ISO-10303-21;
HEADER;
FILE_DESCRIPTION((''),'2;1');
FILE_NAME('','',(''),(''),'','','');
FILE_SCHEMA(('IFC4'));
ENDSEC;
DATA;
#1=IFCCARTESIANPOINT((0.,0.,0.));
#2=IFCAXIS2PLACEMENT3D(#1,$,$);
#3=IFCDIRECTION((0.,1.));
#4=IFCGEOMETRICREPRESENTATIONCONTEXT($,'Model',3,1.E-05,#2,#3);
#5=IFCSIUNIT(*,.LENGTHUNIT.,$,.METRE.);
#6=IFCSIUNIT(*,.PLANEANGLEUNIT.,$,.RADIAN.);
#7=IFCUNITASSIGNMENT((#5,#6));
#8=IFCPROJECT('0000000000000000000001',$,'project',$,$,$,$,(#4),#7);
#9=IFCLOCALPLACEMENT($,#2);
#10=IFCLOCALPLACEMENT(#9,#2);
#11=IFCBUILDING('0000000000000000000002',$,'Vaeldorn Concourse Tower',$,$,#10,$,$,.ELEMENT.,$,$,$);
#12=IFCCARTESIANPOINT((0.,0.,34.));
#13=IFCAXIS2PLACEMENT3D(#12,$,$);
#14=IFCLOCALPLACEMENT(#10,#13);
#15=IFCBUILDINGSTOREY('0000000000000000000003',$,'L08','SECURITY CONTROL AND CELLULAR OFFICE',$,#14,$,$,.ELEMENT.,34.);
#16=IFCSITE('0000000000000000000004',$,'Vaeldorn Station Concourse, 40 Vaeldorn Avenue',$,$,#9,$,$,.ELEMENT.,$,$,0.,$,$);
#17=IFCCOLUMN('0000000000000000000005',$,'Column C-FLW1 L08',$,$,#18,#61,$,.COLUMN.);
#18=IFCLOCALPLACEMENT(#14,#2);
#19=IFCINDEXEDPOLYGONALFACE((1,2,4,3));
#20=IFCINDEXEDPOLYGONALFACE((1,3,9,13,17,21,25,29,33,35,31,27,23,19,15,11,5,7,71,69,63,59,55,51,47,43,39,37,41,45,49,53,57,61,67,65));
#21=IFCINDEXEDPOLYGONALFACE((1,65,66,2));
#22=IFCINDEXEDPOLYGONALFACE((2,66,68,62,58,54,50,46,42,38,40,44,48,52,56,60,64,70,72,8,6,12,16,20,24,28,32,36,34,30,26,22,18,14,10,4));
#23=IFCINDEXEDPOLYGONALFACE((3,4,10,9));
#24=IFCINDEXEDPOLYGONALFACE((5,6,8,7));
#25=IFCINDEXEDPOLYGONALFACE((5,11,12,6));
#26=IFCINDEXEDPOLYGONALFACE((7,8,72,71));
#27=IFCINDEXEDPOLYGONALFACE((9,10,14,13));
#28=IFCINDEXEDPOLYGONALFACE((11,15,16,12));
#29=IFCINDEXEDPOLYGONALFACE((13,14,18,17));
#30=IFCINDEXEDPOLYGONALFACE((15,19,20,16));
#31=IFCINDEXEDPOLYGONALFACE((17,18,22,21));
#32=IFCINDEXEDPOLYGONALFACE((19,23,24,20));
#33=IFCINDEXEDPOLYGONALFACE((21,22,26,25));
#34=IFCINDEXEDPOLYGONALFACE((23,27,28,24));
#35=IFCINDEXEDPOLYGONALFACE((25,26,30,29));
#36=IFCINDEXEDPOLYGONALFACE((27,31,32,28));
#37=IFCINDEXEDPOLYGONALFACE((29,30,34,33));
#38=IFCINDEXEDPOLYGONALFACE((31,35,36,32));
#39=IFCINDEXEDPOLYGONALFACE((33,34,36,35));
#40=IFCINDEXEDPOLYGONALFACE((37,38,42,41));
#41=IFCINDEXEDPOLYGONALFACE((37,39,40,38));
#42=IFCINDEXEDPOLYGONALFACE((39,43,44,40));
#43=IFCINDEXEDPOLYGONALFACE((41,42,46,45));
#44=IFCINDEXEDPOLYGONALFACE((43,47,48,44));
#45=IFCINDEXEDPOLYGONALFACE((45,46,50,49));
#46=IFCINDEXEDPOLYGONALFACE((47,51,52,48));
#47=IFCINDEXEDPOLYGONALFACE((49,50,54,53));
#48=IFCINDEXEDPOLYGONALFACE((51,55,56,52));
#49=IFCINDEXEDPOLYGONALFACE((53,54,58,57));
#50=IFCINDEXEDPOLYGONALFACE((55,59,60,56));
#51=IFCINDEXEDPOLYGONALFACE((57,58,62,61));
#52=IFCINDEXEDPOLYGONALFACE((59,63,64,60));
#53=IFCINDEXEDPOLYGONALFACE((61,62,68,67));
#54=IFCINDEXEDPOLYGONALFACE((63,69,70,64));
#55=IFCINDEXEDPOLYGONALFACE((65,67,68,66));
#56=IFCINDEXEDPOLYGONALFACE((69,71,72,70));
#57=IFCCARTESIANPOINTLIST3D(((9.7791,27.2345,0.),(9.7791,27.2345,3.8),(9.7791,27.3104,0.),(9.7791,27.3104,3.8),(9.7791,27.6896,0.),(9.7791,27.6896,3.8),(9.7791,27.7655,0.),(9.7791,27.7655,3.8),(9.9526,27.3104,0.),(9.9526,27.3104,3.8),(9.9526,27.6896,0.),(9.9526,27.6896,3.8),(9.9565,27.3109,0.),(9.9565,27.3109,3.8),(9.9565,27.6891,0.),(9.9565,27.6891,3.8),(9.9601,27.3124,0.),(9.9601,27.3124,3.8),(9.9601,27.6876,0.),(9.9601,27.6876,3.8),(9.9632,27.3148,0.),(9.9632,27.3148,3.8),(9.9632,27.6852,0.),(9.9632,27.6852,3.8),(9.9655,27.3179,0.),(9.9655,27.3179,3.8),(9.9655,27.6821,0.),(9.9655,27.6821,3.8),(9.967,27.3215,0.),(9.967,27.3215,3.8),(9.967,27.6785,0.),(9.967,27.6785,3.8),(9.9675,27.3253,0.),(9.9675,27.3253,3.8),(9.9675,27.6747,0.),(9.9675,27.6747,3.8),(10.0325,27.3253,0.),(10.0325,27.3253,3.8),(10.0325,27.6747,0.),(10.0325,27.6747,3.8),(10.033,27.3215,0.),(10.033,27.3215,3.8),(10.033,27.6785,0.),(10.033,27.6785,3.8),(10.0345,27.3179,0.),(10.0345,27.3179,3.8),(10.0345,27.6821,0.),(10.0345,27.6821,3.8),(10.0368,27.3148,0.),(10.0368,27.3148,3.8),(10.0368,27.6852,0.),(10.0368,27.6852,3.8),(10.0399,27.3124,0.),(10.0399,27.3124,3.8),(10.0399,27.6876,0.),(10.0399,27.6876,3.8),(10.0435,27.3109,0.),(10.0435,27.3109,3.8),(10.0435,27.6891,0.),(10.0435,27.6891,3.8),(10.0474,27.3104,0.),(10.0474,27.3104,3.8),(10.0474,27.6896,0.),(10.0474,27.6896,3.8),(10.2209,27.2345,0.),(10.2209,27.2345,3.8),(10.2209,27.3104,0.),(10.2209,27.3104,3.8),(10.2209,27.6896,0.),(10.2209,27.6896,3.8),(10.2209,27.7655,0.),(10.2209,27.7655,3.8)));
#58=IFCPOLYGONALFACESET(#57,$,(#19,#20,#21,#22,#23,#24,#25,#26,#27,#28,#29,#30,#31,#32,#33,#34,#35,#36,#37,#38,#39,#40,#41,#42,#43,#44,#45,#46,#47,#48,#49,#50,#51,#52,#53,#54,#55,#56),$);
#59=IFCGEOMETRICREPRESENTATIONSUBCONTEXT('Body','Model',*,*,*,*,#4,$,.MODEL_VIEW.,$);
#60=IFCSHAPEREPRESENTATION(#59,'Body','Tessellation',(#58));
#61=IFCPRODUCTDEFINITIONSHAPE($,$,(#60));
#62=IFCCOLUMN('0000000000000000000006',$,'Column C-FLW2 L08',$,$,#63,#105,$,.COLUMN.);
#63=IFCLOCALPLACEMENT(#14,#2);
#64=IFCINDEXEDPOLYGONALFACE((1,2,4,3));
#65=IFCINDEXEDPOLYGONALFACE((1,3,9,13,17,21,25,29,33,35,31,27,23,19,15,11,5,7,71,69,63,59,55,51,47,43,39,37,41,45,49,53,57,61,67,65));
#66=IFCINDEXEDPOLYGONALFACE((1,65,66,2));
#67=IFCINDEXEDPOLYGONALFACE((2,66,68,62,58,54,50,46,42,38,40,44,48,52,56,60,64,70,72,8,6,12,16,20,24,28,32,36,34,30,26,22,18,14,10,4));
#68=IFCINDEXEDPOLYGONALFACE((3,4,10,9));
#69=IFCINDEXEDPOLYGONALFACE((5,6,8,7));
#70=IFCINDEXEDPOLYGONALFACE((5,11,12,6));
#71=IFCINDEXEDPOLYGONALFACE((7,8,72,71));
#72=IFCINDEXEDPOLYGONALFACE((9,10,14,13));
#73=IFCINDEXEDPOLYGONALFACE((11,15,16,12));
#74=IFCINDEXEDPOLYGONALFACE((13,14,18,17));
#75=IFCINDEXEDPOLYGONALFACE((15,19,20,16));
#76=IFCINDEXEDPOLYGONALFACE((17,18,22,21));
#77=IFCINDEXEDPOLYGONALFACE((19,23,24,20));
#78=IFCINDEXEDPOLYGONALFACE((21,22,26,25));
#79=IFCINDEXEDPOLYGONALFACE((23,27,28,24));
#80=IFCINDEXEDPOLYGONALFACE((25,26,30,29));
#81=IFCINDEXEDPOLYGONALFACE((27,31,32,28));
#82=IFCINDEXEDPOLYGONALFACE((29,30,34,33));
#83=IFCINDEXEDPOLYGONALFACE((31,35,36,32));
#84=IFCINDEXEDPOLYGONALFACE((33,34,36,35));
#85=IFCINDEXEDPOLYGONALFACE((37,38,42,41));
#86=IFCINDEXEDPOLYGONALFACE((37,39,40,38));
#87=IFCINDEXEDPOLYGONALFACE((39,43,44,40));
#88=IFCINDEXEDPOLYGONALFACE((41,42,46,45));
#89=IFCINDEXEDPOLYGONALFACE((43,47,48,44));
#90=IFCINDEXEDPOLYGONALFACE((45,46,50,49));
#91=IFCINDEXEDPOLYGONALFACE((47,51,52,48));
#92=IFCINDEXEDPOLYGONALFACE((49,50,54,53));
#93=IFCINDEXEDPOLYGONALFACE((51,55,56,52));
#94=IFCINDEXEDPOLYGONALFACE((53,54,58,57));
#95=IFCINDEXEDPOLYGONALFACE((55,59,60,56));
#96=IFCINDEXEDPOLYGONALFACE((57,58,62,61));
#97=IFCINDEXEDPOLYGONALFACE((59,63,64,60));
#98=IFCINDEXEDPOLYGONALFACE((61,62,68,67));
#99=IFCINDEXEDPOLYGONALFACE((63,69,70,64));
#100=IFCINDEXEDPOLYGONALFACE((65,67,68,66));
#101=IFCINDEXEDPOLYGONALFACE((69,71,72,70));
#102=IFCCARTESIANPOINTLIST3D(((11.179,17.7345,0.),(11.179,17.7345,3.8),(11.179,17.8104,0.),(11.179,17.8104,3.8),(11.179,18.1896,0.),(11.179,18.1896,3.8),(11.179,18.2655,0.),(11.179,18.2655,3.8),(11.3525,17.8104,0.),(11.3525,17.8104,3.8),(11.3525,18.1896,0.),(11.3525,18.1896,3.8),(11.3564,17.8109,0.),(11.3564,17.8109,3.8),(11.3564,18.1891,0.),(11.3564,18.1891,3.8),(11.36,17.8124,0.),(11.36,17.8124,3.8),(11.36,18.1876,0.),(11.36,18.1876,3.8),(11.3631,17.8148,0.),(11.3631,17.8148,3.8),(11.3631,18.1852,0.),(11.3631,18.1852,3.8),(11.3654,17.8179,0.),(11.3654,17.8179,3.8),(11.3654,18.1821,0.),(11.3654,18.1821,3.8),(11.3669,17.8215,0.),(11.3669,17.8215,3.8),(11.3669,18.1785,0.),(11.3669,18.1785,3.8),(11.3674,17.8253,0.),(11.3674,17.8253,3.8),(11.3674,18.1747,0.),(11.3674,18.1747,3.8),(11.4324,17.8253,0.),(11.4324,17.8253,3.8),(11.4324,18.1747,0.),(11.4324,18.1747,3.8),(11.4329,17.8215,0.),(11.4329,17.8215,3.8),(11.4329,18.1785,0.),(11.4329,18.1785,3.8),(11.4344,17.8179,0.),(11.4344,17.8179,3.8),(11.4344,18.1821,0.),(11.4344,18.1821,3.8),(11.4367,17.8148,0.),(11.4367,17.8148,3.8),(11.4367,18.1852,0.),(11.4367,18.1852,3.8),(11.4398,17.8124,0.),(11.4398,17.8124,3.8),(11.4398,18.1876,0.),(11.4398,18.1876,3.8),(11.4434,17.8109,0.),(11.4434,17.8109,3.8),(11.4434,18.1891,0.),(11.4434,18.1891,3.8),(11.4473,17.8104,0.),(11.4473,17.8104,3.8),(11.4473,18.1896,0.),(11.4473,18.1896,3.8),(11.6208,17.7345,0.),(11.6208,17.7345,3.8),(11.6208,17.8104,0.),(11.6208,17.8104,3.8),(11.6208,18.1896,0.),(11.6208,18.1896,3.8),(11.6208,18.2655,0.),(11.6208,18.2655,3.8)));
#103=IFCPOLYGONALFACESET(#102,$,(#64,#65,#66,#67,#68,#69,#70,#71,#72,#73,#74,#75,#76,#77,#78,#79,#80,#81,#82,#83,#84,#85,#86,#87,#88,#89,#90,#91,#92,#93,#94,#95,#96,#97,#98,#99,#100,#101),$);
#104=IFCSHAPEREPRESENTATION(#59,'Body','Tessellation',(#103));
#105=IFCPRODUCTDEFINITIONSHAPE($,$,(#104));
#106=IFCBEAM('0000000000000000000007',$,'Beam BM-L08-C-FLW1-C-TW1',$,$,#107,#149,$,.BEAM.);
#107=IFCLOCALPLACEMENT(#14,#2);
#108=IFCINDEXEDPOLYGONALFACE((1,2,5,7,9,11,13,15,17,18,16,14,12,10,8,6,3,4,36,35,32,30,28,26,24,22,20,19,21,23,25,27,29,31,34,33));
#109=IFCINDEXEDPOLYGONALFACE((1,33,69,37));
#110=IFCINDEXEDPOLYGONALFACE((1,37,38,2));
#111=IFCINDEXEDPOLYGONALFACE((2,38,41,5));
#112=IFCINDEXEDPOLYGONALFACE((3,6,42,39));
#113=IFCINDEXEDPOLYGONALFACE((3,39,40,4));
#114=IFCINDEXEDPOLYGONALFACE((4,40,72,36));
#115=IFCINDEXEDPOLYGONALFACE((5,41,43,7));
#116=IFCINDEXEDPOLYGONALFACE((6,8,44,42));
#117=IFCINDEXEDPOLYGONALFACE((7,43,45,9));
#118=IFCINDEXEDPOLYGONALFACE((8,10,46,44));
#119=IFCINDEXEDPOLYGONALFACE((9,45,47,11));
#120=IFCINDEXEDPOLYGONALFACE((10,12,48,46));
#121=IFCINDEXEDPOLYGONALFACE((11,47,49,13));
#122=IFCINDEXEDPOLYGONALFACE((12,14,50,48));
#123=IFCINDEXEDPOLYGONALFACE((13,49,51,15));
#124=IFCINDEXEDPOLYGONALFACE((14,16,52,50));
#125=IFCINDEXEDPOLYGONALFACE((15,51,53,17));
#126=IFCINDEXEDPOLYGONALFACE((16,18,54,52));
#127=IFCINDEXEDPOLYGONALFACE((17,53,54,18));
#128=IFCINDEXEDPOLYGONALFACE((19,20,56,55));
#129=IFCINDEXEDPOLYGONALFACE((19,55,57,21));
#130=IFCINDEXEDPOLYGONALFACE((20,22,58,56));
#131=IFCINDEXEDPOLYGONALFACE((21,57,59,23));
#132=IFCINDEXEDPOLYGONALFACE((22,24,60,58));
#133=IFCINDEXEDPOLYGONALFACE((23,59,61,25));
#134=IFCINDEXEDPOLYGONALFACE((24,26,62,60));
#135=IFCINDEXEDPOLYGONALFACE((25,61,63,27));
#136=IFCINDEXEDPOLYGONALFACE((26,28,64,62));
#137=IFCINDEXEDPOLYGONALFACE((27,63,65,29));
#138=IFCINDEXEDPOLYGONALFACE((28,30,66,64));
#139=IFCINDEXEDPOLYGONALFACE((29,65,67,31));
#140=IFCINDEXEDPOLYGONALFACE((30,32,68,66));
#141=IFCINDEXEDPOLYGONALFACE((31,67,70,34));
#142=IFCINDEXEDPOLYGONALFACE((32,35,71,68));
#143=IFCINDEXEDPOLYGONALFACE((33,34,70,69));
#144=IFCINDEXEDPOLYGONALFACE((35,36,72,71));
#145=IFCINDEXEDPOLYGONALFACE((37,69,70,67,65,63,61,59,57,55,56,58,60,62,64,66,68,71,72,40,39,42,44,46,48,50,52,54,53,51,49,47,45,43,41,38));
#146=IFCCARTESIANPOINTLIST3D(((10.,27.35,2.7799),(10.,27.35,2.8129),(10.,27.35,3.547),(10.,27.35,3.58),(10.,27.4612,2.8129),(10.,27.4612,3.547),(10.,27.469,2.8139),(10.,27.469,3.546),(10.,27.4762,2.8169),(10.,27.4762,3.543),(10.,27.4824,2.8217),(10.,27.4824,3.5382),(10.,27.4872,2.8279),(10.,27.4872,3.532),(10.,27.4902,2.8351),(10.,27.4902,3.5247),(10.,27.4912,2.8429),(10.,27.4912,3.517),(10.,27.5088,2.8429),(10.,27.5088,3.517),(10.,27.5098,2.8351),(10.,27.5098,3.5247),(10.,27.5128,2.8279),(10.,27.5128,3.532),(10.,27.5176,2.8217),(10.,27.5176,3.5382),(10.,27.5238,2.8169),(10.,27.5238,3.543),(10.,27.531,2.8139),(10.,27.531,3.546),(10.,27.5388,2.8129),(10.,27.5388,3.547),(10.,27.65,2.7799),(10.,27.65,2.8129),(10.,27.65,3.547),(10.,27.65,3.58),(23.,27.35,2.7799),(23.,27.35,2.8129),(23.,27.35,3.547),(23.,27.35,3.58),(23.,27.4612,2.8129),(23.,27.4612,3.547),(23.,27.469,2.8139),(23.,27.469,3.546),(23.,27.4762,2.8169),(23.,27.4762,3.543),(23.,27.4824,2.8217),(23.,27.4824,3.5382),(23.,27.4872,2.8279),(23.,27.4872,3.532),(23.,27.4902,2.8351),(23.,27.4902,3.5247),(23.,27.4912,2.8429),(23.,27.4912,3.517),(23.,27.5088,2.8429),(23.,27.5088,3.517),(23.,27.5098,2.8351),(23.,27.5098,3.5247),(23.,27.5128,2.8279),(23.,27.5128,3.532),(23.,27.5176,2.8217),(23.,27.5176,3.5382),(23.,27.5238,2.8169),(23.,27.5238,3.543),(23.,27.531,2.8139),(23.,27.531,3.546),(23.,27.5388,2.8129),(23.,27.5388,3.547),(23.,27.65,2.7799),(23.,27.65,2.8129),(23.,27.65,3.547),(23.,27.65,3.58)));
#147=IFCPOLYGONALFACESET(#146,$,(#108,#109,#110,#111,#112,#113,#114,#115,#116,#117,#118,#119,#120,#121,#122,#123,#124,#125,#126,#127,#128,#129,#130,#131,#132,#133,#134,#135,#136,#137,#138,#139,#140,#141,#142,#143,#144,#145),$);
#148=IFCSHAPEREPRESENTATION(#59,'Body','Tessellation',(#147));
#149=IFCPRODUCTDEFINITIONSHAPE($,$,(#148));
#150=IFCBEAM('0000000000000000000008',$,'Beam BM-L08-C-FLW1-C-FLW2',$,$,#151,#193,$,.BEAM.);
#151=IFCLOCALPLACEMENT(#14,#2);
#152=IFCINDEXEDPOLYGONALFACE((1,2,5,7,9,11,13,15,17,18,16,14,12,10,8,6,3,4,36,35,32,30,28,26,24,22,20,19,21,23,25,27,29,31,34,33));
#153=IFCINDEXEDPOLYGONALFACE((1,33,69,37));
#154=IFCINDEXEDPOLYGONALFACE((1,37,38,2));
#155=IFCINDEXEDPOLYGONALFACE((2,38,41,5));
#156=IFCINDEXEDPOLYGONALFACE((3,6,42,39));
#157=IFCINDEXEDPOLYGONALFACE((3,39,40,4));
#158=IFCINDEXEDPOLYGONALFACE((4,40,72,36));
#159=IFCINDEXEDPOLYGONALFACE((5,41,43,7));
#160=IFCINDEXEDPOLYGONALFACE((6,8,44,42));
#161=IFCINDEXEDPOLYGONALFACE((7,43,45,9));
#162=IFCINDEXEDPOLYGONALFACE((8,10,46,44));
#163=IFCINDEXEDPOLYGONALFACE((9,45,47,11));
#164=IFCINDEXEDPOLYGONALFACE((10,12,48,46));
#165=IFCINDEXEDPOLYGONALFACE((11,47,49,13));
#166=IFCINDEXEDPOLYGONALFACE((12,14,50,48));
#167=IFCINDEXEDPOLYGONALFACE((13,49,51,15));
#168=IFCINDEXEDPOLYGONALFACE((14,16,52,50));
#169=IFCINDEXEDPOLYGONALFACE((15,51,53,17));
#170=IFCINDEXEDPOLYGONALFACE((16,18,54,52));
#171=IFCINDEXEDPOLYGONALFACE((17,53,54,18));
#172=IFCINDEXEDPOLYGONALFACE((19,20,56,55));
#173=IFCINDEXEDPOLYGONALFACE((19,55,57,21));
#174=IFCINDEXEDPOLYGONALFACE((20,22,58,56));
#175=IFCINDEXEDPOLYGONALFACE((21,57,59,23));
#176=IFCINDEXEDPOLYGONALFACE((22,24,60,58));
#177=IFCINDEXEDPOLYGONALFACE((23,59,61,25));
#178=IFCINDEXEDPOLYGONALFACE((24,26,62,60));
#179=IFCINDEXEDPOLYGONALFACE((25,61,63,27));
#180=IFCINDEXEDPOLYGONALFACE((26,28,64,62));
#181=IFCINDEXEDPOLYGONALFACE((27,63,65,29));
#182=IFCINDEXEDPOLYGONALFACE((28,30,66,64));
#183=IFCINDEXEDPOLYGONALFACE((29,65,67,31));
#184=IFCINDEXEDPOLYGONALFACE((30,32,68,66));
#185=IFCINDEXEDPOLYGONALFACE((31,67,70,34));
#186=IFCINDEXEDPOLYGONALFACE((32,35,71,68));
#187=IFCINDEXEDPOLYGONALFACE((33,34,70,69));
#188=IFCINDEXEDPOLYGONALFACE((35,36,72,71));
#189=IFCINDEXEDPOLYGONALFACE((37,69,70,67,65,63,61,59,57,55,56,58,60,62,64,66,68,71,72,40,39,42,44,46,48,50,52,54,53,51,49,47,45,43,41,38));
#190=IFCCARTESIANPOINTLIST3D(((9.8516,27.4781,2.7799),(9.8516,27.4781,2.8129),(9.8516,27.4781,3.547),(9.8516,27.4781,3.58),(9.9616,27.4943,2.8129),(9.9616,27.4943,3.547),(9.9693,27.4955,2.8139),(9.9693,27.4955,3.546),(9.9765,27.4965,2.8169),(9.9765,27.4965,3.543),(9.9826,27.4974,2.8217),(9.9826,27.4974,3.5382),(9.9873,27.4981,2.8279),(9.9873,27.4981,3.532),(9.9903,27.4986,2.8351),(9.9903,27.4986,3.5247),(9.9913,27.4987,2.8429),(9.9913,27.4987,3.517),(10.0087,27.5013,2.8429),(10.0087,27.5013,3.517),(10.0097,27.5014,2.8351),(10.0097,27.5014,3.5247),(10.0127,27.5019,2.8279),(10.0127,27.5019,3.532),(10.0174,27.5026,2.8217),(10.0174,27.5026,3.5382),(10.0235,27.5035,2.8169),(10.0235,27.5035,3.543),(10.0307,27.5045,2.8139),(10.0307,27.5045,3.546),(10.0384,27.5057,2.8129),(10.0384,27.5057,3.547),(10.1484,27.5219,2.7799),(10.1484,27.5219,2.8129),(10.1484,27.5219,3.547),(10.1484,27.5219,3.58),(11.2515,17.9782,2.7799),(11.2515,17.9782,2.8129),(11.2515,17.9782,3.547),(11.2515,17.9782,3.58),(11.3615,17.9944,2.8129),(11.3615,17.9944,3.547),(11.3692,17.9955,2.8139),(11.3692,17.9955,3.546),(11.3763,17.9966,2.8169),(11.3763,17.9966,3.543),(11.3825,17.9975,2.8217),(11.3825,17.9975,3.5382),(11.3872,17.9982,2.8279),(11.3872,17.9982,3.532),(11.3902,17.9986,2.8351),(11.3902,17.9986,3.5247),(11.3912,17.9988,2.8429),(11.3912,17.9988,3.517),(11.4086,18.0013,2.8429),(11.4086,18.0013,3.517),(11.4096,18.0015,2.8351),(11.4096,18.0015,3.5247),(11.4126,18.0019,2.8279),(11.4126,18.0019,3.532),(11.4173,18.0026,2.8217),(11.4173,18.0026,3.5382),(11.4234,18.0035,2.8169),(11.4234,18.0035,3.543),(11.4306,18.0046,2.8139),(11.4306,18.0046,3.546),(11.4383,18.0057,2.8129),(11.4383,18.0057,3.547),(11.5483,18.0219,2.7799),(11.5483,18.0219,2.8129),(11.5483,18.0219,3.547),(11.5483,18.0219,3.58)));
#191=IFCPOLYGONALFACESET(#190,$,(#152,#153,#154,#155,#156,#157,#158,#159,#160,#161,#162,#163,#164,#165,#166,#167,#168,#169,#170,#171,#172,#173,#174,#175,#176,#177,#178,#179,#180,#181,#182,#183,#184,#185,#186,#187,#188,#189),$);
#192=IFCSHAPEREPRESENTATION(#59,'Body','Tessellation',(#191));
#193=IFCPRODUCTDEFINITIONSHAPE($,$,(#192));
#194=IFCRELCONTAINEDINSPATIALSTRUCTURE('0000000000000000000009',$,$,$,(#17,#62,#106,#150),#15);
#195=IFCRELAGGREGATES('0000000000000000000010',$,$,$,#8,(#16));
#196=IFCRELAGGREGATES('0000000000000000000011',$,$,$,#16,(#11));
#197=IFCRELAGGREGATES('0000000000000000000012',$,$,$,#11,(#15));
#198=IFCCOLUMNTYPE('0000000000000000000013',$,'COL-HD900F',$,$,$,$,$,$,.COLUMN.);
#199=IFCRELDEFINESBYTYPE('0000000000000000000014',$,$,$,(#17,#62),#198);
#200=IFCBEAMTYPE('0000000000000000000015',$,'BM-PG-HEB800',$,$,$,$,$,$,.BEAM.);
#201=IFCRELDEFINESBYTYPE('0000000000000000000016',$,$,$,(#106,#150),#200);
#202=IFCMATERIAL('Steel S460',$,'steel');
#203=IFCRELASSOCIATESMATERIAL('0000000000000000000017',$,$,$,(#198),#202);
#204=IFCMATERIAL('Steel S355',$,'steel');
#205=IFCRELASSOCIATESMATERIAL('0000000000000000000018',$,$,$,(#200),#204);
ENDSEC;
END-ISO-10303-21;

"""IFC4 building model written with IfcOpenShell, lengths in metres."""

from ifc_helpers import new_model, si_unit, direction, frame, origin, origin_2d, place, context, subcontext, project, spatial, i_section, extrude, source, transform, mapped, material, material_profile, profile_set, type_object, element, save


model = new_model("IFC4")

# Units and contexts
model_context = context("Model", 3, precision=1e-05, world=origin(), true_north=direction((0.0, 1.0)))
body_context = subcontext(model_context, "Body", "Model", "MODEL_VIEW")
ifc_project = project(units=[si_unit("LENGTHUNIT", "METRE"), si_unit("PLANEANGLEUNIT", "RADIAN")], contexts=[model_context])

# Site, building, storey
site_placement = place(None, origin())
site = spatial("IfcSite", under=ifc_project, at=site_placement, Name="Vaeldorn Station Concourse, 40 Vaeldorn Avenue", CompositionType="ELEMENT", RefElevation=0.0)
building_placement = place(site_placement, origin())
building = spatial("IfcBuilding", under=site, at=building_placement, Name="Vaeldorn Concourse Tower", CompositionType="ELEMENT")
storey_placement = place(building_placement, frame((0.0, 0.0, 34.0)))
storey = spatial("IfcBuildingStorey", under=building, at=storey_placement, Name="L08", Description="SECURITY CONTROL AND CELLULAR OFFICE", CompositionType="ELEMENT", Elevation=34.0)

# Columns
ifc_material_1 = material(Name="Steel S460", Category="steel")
ifc_material_profile_1 = material_profile(ifc_material_1, i_section(OverallWidth=0.4419, OverallDepth=0.531, WebThickness=0.0649, FlangeThickness=0.0759, FilletRadius=0.0149, at=origin_2d()), Name="HD 400x900")
ifc_profile_set_1 = profile_set([ifc_material_profile_1], Name="Steel S460")
column_type = type_object("IfcColumnType", Name="COL-HD900F", PredefinedType="COLUMN", material=ifc_profile_set_1)
shared_shape_1 = source(origin(), body_context, "Body", "SweptSolid", [
    extrude(i_section(OverallWidth=0.4419, OverallDepth=0.531, WebThickness=0.0649, FlangeThickness=0.0759, FilletRadius=0.0149, at=origin_2d()), origin(), (0.0, 0.0, 1.0), 3.8),
])
for number, where, z_axis, x_axis, name in (
    (1, (10.0, 27.5, 0.0), (0.0, 0.0, 1.0), (1.0, 0.0, 0.0), "Column C-FLW1 L08"),
    (2, (11.3999, 18.0, 0.0), (0.0, 0.0, 1.0), (1.0, 0.0, 0.0), "Column C-FLW2 L08"),
):
    element("IfcColumn", number, at=place(storey_placement, frame(where, z_axis=z_axis, x_axis=x_axis)), inside=storey, type_object=column_type, Name=name, PredefinedType="COLUMN", context=body_context, shape_type="MappedRepresentation", body=[
        mapped(shared_shape_1, transform((0.0, 0.0, 0.0), scale=1.0)),
    ])

# Beams
ifc_material_2 = material(Name="Steel S355", Category="steel")
ifc_material_profile_2 = material_profile(ifc_material_2, i_section(OverallWidth=0.3, OverallDepth=0.8, WebThickness=0.0176, FlangeThickness=0.033, FilletRadius=0.03, at=origin_2d()), Name="HEB 800")
ifc_profile_set_2 = profile_set([ifc_material_profile_2], Name="Steel S355")
beam_type_1 = type_object("IfcBeamType", Name="BM-PG-HEB800", PredefinedType="BEAM", material=ifc_profile_set_2)
shared_shape_2 = source(origin(), body_context, "Body", "SweptSolid", [
    extrude(i_section(OverallWidth=0.3, OverallDepth=0.8, WebThickness=0.0176, FlangeThickness=0.033, FilletRadius=0.03, at=origin_2d()), origin(), (0.0, 0.0, 1.0), 13.0),
])
beam_1_placement = place(storey_placement, frame((10.0, 27.5, 3.1799), z_axis=(1.0, 0.0, 0.0), x_axis=(0.0, 1.0, 0.0)))
element("IfcBeam", 3, at=beam_1_placement, inside=storey, type_object=beam_type_1, Name="Beam BM-L08-C-FLW1-C-TW1", PredefinedType="BEAM", context=body_context, shape_type="MappedRepresentation", body=[
    mapped(shared_shape_2, transform((0.0, 0.0, 0.0), scale=1.0)),
])
shared_shape_3 = source(origin(), body_context, "Body", "SweptSolid", [
    extrude(i_section(OverallWidth=0.3, OverallDepth=0.8, WebThickness=0.0176, FlangeThickness=0.033, FilletRadius=0.03, at=origin_2d()), origin(), (0.0, 0.0, 1.0), 9.6025),
])
beam_2_placement = place(storey_placement, frame((10.0, 27.5, 3.1799), z_axis=(0.145784, -0.989316, 0.0), x_axis=(0.989316, 0.145784, 0.0)))
element("IfcBeam", 4, at=beam_2_placement, inside=storey, type_object=beam_type_1, Name="Beam BM-L08-C-FLW1-C-FLW2", PredefinedType="BEAM", context=body_context, shape_type="MappedRepresentation", body=[
    mapped(shared_shape_3, transform((0.0, 0.0, 0.0), scale=1.0)),
])

save(model, "model.ifc")
